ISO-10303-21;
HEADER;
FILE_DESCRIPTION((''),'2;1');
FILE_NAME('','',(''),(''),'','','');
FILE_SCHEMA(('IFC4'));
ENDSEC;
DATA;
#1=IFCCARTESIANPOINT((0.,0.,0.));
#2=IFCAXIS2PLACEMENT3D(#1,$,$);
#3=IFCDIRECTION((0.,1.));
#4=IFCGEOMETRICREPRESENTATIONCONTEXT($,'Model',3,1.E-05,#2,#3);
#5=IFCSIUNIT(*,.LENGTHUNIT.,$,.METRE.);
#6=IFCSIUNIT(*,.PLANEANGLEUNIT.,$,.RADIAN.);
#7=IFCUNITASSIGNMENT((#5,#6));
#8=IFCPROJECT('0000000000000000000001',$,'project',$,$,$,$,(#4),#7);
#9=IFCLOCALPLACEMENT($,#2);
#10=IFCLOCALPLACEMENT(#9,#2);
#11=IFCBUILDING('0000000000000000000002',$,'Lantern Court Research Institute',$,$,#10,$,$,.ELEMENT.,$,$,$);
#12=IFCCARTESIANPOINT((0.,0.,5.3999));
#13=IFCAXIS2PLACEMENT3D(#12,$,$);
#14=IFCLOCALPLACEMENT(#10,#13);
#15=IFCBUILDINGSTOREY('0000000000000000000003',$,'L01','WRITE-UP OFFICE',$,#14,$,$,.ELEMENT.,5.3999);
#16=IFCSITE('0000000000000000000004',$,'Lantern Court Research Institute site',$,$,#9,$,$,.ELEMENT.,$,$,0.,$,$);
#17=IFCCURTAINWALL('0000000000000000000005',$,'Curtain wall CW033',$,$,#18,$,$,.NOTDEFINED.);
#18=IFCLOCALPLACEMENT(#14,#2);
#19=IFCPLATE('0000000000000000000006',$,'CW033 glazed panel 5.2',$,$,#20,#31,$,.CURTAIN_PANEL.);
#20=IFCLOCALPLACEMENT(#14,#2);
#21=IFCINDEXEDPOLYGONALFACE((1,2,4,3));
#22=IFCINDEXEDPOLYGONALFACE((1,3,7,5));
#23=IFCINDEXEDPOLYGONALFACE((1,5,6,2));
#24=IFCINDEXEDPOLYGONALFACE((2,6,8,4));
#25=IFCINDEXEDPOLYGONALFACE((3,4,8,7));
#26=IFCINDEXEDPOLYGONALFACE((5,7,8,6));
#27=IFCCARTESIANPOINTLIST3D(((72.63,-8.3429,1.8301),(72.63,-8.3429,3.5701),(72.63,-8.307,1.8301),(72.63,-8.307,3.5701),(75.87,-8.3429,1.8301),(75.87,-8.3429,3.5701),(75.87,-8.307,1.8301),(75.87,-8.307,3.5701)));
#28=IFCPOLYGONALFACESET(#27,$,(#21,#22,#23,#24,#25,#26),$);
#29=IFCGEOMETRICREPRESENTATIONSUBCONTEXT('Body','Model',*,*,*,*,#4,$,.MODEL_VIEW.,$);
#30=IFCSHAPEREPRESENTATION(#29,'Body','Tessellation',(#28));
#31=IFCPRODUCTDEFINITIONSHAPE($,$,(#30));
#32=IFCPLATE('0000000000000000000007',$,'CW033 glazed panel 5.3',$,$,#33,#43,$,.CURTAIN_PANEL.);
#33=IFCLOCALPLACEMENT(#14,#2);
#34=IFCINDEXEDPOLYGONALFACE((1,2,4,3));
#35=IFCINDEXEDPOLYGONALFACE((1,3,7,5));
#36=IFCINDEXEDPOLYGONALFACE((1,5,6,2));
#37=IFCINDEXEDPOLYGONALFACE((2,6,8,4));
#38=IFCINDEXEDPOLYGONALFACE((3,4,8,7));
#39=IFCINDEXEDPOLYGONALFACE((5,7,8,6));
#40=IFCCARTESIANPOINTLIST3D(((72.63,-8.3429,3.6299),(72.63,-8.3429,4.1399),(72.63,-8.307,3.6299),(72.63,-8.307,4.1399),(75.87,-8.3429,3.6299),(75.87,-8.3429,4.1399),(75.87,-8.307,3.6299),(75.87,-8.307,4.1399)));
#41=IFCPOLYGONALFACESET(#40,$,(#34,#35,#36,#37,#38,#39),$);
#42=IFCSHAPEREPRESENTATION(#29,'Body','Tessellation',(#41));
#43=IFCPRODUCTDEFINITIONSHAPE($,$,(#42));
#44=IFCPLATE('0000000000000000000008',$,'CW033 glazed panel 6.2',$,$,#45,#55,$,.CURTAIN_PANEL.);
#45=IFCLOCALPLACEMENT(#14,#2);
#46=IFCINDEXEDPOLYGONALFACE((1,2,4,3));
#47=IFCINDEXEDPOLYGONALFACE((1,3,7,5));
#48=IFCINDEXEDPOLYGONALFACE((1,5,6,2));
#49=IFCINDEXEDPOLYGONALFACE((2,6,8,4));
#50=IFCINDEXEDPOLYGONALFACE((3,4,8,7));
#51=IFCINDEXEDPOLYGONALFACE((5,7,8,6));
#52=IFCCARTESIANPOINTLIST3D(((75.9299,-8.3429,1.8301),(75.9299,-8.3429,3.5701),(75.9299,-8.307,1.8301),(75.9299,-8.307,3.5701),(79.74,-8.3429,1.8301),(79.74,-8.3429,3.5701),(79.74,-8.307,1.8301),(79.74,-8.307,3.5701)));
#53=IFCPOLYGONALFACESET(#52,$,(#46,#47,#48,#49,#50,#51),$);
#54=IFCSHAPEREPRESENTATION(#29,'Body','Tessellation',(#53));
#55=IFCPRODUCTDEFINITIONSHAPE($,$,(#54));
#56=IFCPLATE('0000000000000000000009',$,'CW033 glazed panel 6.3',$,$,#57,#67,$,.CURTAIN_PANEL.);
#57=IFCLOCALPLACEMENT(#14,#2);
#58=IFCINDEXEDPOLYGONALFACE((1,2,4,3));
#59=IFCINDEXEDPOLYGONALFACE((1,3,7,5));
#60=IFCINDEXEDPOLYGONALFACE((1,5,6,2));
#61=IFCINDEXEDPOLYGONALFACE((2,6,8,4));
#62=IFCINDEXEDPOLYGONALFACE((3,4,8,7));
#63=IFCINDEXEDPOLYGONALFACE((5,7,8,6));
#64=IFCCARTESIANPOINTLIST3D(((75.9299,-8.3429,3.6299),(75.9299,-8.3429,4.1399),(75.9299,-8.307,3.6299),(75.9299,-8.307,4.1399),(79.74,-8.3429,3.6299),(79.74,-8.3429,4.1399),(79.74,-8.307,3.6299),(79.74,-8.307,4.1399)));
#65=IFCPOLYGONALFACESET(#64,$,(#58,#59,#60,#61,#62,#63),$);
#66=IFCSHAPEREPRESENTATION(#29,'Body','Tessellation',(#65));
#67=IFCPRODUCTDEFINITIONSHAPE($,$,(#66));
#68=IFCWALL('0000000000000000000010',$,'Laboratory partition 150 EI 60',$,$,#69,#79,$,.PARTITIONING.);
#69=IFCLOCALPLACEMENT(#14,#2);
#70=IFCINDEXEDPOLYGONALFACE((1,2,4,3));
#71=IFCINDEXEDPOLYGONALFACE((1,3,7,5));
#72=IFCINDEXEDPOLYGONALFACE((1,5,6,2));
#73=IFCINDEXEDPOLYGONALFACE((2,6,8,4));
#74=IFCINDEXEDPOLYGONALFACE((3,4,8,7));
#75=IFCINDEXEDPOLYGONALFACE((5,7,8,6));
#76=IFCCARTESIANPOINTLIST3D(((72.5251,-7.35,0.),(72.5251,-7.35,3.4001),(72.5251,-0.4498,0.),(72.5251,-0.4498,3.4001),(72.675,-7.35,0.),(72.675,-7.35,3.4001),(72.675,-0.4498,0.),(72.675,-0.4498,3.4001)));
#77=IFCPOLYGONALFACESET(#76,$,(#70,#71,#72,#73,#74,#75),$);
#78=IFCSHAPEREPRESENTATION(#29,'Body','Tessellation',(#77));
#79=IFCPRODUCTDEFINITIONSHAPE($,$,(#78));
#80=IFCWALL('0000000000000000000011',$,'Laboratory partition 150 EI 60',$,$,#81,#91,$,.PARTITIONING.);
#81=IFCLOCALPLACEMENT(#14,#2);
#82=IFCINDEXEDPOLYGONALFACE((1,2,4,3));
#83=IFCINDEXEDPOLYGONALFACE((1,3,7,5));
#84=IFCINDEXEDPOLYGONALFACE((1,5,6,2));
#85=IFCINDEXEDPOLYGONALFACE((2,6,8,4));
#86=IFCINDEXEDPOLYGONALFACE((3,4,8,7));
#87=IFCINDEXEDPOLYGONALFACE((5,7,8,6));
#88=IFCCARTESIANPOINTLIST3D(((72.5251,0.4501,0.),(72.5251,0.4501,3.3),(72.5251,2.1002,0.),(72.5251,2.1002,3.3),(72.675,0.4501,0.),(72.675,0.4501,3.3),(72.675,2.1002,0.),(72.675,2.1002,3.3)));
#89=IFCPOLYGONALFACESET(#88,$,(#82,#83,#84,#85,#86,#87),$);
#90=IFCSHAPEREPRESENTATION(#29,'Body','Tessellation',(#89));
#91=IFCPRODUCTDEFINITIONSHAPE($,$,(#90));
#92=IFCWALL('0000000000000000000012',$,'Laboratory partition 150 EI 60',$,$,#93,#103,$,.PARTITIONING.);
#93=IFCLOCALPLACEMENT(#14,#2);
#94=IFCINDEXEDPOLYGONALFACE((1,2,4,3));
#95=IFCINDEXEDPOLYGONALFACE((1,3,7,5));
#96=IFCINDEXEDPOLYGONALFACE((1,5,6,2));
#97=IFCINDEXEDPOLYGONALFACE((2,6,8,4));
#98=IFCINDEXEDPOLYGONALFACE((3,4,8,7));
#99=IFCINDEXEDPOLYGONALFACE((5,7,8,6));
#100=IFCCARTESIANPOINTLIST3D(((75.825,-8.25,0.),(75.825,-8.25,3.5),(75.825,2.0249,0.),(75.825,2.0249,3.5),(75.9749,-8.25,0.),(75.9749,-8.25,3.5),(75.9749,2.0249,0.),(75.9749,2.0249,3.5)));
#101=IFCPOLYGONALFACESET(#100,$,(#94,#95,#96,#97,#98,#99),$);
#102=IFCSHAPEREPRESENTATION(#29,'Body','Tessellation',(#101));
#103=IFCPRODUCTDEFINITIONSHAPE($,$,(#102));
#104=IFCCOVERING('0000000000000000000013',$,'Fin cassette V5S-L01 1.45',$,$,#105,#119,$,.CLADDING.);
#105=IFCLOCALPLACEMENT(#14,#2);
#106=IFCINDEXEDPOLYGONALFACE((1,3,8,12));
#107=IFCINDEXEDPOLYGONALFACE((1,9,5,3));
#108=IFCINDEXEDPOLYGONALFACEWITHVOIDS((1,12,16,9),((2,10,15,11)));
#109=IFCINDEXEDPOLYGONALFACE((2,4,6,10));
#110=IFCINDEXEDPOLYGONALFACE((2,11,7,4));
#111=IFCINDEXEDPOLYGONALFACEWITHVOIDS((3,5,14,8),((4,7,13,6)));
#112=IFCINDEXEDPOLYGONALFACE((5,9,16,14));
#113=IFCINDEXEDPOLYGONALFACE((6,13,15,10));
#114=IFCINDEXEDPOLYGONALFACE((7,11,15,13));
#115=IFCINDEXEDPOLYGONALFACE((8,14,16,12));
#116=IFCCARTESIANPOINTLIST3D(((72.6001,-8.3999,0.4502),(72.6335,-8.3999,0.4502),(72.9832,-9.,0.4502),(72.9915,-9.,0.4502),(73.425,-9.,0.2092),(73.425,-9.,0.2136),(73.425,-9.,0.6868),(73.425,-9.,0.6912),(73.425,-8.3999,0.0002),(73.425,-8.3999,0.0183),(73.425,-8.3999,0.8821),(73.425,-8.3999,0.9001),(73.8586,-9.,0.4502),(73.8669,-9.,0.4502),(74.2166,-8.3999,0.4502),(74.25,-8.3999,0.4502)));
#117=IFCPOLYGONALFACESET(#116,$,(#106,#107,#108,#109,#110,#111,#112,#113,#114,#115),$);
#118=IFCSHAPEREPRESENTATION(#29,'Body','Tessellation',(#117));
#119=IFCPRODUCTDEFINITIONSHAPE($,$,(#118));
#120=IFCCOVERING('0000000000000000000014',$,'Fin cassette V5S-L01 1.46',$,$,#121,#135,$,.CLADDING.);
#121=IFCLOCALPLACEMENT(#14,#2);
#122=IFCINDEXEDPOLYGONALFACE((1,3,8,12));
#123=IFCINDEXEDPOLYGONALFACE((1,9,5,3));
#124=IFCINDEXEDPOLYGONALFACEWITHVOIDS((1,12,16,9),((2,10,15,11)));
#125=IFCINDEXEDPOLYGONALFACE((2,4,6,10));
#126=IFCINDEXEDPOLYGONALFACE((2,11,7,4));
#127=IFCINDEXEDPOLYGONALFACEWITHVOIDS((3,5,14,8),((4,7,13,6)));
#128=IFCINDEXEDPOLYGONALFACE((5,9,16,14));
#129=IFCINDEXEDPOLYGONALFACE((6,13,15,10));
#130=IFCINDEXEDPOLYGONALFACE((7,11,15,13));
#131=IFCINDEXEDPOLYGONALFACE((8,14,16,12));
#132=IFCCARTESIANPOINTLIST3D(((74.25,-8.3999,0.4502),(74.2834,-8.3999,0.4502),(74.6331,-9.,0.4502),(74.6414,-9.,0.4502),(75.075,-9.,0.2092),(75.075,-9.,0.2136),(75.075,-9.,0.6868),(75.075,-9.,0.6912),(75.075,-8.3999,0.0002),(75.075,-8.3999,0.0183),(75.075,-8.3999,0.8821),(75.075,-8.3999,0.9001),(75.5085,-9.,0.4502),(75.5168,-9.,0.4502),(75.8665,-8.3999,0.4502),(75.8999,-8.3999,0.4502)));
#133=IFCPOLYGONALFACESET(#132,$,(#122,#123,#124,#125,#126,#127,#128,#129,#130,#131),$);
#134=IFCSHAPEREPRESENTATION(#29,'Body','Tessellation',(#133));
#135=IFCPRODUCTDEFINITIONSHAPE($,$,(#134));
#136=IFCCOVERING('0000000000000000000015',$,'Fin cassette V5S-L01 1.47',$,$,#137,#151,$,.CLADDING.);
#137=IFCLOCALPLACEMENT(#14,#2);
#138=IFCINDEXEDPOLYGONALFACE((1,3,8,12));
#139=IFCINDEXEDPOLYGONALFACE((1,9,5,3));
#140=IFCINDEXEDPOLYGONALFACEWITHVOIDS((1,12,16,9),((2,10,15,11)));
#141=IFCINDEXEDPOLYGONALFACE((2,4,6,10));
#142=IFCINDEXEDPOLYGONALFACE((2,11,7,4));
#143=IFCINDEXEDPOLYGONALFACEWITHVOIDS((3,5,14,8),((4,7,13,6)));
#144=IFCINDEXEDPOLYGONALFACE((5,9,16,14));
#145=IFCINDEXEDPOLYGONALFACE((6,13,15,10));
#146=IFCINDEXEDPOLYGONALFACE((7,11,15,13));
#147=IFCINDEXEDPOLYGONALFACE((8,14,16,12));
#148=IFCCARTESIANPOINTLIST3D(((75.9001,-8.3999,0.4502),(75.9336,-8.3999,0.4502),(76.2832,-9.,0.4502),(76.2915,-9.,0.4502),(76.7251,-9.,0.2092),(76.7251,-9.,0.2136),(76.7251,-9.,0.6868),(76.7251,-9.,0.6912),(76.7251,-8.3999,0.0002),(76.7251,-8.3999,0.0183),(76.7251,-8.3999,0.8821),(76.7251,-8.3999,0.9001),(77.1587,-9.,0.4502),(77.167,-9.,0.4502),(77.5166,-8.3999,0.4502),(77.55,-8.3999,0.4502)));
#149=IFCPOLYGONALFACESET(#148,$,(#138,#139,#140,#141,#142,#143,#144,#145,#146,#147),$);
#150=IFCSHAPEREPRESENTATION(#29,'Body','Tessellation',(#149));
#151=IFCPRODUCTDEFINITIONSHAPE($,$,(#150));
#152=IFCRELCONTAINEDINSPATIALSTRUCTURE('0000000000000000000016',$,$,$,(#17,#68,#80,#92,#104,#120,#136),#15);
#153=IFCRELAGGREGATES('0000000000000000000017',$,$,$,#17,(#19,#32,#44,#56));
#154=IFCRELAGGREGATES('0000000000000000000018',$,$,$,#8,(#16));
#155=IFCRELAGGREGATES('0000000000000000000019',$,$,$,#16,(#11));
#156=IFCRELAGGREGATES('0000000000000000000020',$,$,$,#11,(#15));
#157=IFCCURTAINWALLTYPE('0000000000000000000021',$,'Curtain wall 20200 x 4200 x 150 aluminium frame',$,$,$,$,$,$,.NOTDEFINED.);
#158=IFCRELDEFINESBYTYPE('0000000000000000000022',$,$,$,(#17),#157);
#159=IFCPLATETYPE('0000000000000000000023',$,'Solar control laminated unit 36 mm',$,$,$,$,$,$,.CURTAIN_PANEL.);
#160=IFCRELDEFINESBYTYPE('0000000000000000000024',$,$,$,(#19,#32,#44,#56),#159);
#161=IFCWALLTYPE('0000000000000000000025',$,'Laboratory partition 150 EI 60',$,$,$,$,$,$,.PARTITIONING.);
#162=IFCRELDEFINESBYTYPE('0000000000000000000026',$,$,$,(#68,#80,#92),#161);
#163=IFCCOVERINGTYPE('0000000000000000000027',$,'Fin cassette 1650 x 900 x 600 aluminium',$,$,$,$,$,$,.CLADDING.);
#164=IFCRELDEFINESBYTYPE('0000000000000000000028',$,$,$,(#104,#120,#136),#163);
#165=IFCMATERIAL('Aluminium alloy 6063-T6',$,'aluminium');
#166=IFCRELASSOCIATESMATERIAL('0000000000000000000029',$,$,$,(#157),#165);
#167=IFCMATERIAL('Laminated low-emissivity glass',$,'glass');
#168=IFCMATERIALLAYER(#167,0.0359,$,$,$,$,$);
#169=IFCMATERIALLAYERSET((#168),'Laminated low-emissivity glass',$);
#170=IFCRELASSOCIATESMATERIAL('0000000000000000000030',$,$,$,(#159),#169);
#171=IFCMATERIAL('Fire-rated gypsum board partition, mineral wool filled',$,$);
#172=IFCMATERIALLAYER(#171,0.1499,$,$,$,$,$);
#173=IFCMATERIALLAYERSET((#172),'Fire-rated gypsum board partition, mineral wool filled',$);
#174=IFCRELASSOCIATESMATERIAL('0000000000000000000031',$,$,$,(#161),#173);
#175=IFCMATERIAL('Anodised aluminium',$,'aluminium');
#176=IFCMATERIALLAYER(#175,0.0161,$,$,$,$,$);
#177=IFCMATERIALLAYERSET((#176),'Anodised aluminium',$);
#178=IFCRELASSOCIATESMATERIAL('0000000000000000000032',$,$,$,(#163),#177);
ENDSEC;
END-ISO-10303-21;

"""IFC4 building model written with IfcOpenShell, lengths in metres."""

from ifc_helpers import new_model, entity, si_unit, direction, frame, frame_2d, origin, origin_2d, place, context, subcontext, project, spatial, rectangle, extrude, material, layer, layer_set, type_object, element, aggregate, save


model = new_model("IFC4")

# Units and contexts
model_context = context("Model", 3, precision=1e-05, world=origin(), true_north=direction((0.0, 1.0)))
body_context = subcontext(model_context, "Body", "Model", "MODEL_VIEW")
ifc_project = project(units=[si_unit("LENGTHUNIT", "METRE"), si_unit("PLANEANGLEUNIT", "RADIAN")], contexts=[model_context])

# Site, building, storey
site_placement = place(None, origin())
site = spatial("IfcSite", under=ifc_project, at=site_placement, Name="Lantern Court Research Institute site", CompositionType="ELEMENT", RefElevation=0.0)
building_placement = place(site_placement, origin())
building = spatial("IfcBuilding", under=site, at=building_placement, Name="Lantern Court Research Institute", CompositionType="ELEMENT")
storey_placement = place(building_placement, frame((0.0, 0.0, 5.3999)))
storey = spatial("IfcBuildingStorey", under=building, at=storey_placement, Name="L01", Description="WRITE-UP OFFICE", CompositionType="ELEMENT", Elevation=5.3999)

# Curtain wall
ifc_material_1 = material(Name="Aluminium alloy 6063-T6", Category="aluminium")
curtain_wall_type = type_object("IfcCurtainWallType", Name="Curtain wall 20200 x 4200 x 150 aluminium frame", PredefinedType="NOTDEFINED", material=ifc_material_1)
curtain_wall_placement = place(storey_placement, origin())
curtain_wall = element("IfcCurtainWall", 1, at=curtain_wall_placement, inside=storey, type_object=curtain_wall_type, Name="Curtain wall CW033", PredefinedType="NOTDEFINED")

# Plates
ifc_material_2 = material(Name="Laminated low-emissivity glass", Category="glass")
ifc_layer_1 = layer(ifc_material_2, 0.0359)
ifc_layer_set_1 = layer_set([ifc_layer_1], Name="Laminated low-emissivity glass")
plate_type_1 = type_object("IfcPlateType", Name="Solar control laminated unit 36 mm", PredefinedType="CURTAIN_PANEL", material=ifc_layer_set_1)
plate_1_placement = place(storey_placement, frame((74.25, -8.325, 1.8301), z_axis=(0.0, 0.0, 1.0), x_axis=(-1.0, 0.0, 0.0)))
plate_1 = element("IfcPlate", 2, at=plate_1_placement, type_object=plate_type_1, Name="CW033 glazed panel 5.2", PredefinedType="CURTAIN_PANEL", context=body_context, shape_type="SweptSolid", body=[
    extrude(rectangle(XDim=3.24, YDim=0.0359, at=origin_2d()), origin(), (0.0, 0.0, 1.0), 1.74),
])
plate_2_placement = place(storey_placement, frame((74.25, -8.325, 3.6299), z_axis=(0.0, 0.0, 1.0), x_axis=(-1.0, 0.0, 0.0)))
plate_2 = element("IfcPlate", 3, at=plate_2_placement, type_object=plate_type_1, Name="CW033 glazed panel 5.3", PredefinedType="CURTAIN_PANEL", context=body_context, shape_type="SweptSolid", body=[
    extrude(rectangle(XDim=3.24, YDim=0.0359, at=origin_2d()), origin(), (0.0, 0.0, 1.0), 0.51),
])
plate_3_placement = place(storey_placement, frame((77.835, -8.325, 1.8301), z_axis=(0.0, 0.0, 1.0), x_axis=(-1.0, 0.0, 0.0)))
plate_3 = element("IfcPlate", 4, at=plate_3_placement, type_object=plate_type_1, Name="CW033 glazed panel 6.2", PredefinedType="CURTAIN_PANEL", context=body_context, shape_type="SweptSolid", body=[
    extrude(rectangle(XDim=3.8101, YDim=0.0359, at=origin_2d()), origin(), (0.0, 0.0, 1.0), 1.74),
])
plate_4_placement = place(storey_placement, frame((77.835, -8.325, 3.6299), z_axis=(0.0, 0.0, 1.0), x_axis=(-1.0, 0.0, 0.0)))
plate_4 = element("IfcPlate", 5, at=plate_4_placement, type_object=plate_type_1, Name="CW033 glazed panel 6.3", PredefinedType="CURTAIN_PANEL", context=body_context, shape_type="SweptSolid", body=[
    extrude(rectangle(XDim=3.8101, YDim=0.0359, at=origin_2d()), origin(), (0.0, 0.0, 1.0), 0.51),
])
aggregate(curtain_wall, [plate_1, plate_2, plate_3, plate_4])

# Walls
ifc_material_3 = material(Name="Fire-rated gypsum board partition, mineral wool filled")
ifc_layer_2 = layer(ifc_material_3, 0.1499)
ifc_layer_set_2 = layer_set([ifc_layer_2], Name="Fire-rated gypsum board partition, mineral wool filled")
wall_type = type_object("IfcWallType", Name="Laboratory partition 150 EI 60", PredefinedType="PARTITIONING", material=ifc_layer_set_2)
wall_1_placement = place(storey_placement, frame((72.6001, -7.3501, 0.0), z_axis=(0.0, 0.0, 1.0), x_axis=(0.0, 1.0, 0.0)))
element("IfcWall", 6, at=wall_1_placement, inside=storey, type_object=wall_type, Name="Laboratory partition 150 EI 60", PredefinedType="PARTITIONING", context=body_context, shape_type="SweptSolid", body=[
    extrude(rectangle(XDim=6.9001, YDim=0.1499, at=frame_2d((3.4502, 0.0))), origin(), (0.0, 0.0, 1.0), 3.4001),
])
wall_2_placement = place(storey_placement, frame((72.6001, 0.45, 0.0), z_axis=(0.0, 0.0, 1.0), x_axis=(0.0, 1.0, 0.0)))
element("IfcWall", 7, at=wall_2_placement, inside=storey, type_object=wall_type, Name="Laboratory partition 150 EI 60", PredefinedType="PARTITIONING", context=body_context, shape_type="SweptSolid", body=[
    extrude(rectangle(XDim=1.6501, YDim=0.1499, at=frame_2d((0.8252, 0.0))), origin(), (0.0, 0.0, 1.0), 3.3),
])
wall_3_placement = place(storey_placement, frame((75.8999, -8.25, 0.0), z_axis=(0.0, 0.0, 1.0), x_axis=(0.0, 1.0, 0.0)))
element("IfcWall", 8, at=wall_3_placement, inside=storey, type_object=wall_type, Name="Laboratory partition 150 EI 60", PredefinedType="PARTITIONING", context=body_context, shape_type="SweptSolid", body=[
    extrude(rectangle(XDim=10.2749, YDim=0.1499, at=frame_2d((5.1375, 0.0))), origin(), (0.0, 0.0, 1.0), 3.5),
])

# Coverings
ifc_material_4 = material(Name="Anodised aluminium", Category="aluminium")
ifc_layer_3 = layer(ifc_material_4, 0.0161)
ifc_layer_set_3 = layer_set([ifc_layer_3], Name="Anodised aluminium")
covering_type = type_object("IfcCoveringType", Name="Fin cassette 1650 x 900 x 600 aluminium", PredefinedType="CLADDING", material=ifc_layer_set_3)
covering_1_placement = place(storey_placement, frame((73.425, -8.3999, 0.4502), z_axis=(0.0, -1.0, 0.0), x_axis=(1.0, 0.0, 0.0)))
cartesian_point_1 = entity("IfcCartesianPoint", [0.825, 0.0])
cartesian_point_2 = entity("IfcCartesianPoint", [0.7915, 0.0])
cartesian_point_3 = entity("IfcCartesianPoint", [0.4419, 0.0])
cartesian_point_4 = entity("IfcCartesianPoint", [0.4336, 0.0])
element("IfcCovering", 9, at=covering_1_placement, inside=storey, type_object=covering_type, Name="Fin cassette V5S-L01 1.45", PredefinedType="CLADDING", context=body_context, shape_type="SweptSolid", body=[
    entity("IfcExtrudedAreaSolidTapered", entity("IfcArbitraryProfileDefWithVoids", "AREA", None, entity("IfcPolyline", [cartesian_point_1, entity("IfcCartesianPoint", [0.0, 0.45]), entity("IfcCartesianPoint", [-0.825, 0.0]), entity("IfcCartesianPoint", [0.0, -0.45]), cartesian_point_1]), [entity("IfcPolyline", [cartesian_point_2, entity("IfcCartesianPoint", [0.0, 0.4319]), entity("IfcCartesianPoint", [-0.7915, 0.0]), entity("IfcCartesianPoint", [0.0, -0.4319]), cartesian_point_2])]), entity("IfcAxis2Placement3D", entity("IfcCartesianPoint", [0.0, 0.0, 0.0])), entity("IfcDirection", [0.0, 0.0, 1.0]), 0.6001, entity("IfcArbitraryProfileDefWithVoids", "AREA", None, entity("IfcPolyline", [cartesian_point_3, entity("IfcCartesianPoint", [0.0, 0.241]), entity("IfcCartesianPoint", [-0.4419, 0.0]), entity("IfcCartesianPoint", [0.0, -0.241]), cartesian_point_3]), [entity("IfcPolyline", [cartesian_point_4, entity("IfcCartesianPoint", [0.0, 0.2366]), entity("IfcCartesianPoint", [-0.4336, 0.0]), entity("IfcCartesianPoint", [0.0, -0.2366]), cartesian_point_4])])),
])
covering_2_placement = place(storey_placement, frame((75.075, -8.3999, 0.4502), z_axis=(0.0, -1.0, 0.0), x_axis=(1.0, 0.0, 0.0)))
cartesian_point_5 = entity("IfcCartesianPoint", [0.825, 0.0])
cartesian_point_6 = entity("IfcCartesianPoint", [0.7915, 0.0])
cartesian_point_7 = entity("IfcCartesianPoint", [0.4419, 0.0])
cartesian_point_8 = entity("IfcCartesianPoint", [0.4336, 0.0])
element("IfcCovering", 10, at=covering_2_placement, inside=storey, type_object=covering_type, Name="Fin cassette V5S-L01 1.46", PredefinedType="CLADDING", context=body_context, shape_type="SweptSolid", body=[
    entity("IfcExtrudedAreaSolidTapered", entity("IfcArbitraryProfileDefWithVoids", "AREA", None, entity("IfcPolyline", [cartesian_point_5, entity("IfcCartesianPoint", [0.0, 0.45]), entity("IfcCartesianPoint", [-0.825, 0.0]), entity("IfcCartesianPoint", [0.0, -0.45]), cartesian_point_5]), [entity("IfcPolyline", [cartesian_point_6, entity("IfcCartesianPoint", [0.0, 0.4319]), entity("IfcCartesianPoint", [-0.7915, 0.0]), entity("IfcCartesianPoint", [0.0, -0.4319]), cartesian_point_6])]), entity("IfcAxis2Placement3D", entity("IfcCartesianPoint", [0.0, 0.0, 0.0])), entity("IfcDirection", [0.0, 0.0, 1.0]), 0.6001, entity("IfcArbitraryProfileDefWithVoids", "AREA", None, entity("IfcPolyline", [cartesian_point_7, entity("IfcCartesianPoint", [0.0, 0.241]), entity("IfcCartesianPoint", [-0.4419, 0.0]), entity("IfcCartesianPoint", [0.0, -0.241]), cartesian_point_7]), [entity("IfcPolyline", [cartesian_point_8, entity("IfcCartesianPoint", [0.0, 0.2366]), entity("IfcCartesianPoint", [-0.4336, 0.0]), entity("IfcCartesianPoint", [0.0, -0.2366]), cartesian_point_8])])),
])
covering_3_placement = place(storey_placement, frame((76.7251, -8.3999, 0.4502), z_axis=(0.0, -1.0, 0.0), x_axis=(1.0, 0.0, 0.0)))
cartesian_point_9 = entity("IfcCartesianPoint", [0.825, 0.0])
cartesian_point_10 = entity("IfcCartesianPoint", [0.7915, 0.0])
cartesian_point_11 = entity("IfcCartesianPoint", [0.4419, 0.0])
cartesian_point_12 = entity("IfcCartesianPoint", [0.4336, 0.0])
element("IfcCovering", 11, at=covering_3_placement, inside=storey, type_object=covering_type, Name="Fin cassette V5S-L01 1.47", PredefinedType="CLADDING", context=body_context, shape_type="SweptSolid", body=[
    entity("IfcExtrudedAreaSolidTapered", entity("IfcArbitraryProfileDefWithVoids", "AREA", None, entity("IfcPolyline", [cartesian_point_9, entity("IfcCartesianPoint", [0.0, 0.45]), entity("IfcCartesianPoint", [-0.825, 0.0]), entity("IfcCartesianPoint", [0.0, -0.45]), cartesian_point_9]), [entity("IfcPolyline", [cartesian_point_10, entity("IfcCartesianPoint", [0.0, 0.4319]), entity("IfcCartesianPoint", [-0.7915, 0.0]), entity("IfcCartesianPoint", [0.0, -0.4319]), cartesian_point_10])]), entity("IfcAxis2Placement3D", entity("IfcCartesianPoint", [0.0, 0.0, 0.0])), entity("IfcDirection", [0.0, 0.0, 1.0]), 0.6001, entity("IfcArbitraryProfileDefWithVoids", "AREA", None, entity("IfcPolyline", [cartesian_point_11, entity("IfcCartesianPoint", [0.0, 0.241]), entity("IfcCartesianPoint", [-0.4419, 0.0]), entity("IfcCartesianPoint", [0.0, -0.241]), cartesian_point_11]), [entity("IfcPolyline", [cartesian_point_12, entity("IfcCartesianPoint", [0.0, 0.2366]), entity("IfcCartesianPoint", [-0.4336, 0.0]), entity("IfcCartesianPoint", [0.0, -0.2366]), cartesian_point_12])])),
])

save(model, "model.ifc")
